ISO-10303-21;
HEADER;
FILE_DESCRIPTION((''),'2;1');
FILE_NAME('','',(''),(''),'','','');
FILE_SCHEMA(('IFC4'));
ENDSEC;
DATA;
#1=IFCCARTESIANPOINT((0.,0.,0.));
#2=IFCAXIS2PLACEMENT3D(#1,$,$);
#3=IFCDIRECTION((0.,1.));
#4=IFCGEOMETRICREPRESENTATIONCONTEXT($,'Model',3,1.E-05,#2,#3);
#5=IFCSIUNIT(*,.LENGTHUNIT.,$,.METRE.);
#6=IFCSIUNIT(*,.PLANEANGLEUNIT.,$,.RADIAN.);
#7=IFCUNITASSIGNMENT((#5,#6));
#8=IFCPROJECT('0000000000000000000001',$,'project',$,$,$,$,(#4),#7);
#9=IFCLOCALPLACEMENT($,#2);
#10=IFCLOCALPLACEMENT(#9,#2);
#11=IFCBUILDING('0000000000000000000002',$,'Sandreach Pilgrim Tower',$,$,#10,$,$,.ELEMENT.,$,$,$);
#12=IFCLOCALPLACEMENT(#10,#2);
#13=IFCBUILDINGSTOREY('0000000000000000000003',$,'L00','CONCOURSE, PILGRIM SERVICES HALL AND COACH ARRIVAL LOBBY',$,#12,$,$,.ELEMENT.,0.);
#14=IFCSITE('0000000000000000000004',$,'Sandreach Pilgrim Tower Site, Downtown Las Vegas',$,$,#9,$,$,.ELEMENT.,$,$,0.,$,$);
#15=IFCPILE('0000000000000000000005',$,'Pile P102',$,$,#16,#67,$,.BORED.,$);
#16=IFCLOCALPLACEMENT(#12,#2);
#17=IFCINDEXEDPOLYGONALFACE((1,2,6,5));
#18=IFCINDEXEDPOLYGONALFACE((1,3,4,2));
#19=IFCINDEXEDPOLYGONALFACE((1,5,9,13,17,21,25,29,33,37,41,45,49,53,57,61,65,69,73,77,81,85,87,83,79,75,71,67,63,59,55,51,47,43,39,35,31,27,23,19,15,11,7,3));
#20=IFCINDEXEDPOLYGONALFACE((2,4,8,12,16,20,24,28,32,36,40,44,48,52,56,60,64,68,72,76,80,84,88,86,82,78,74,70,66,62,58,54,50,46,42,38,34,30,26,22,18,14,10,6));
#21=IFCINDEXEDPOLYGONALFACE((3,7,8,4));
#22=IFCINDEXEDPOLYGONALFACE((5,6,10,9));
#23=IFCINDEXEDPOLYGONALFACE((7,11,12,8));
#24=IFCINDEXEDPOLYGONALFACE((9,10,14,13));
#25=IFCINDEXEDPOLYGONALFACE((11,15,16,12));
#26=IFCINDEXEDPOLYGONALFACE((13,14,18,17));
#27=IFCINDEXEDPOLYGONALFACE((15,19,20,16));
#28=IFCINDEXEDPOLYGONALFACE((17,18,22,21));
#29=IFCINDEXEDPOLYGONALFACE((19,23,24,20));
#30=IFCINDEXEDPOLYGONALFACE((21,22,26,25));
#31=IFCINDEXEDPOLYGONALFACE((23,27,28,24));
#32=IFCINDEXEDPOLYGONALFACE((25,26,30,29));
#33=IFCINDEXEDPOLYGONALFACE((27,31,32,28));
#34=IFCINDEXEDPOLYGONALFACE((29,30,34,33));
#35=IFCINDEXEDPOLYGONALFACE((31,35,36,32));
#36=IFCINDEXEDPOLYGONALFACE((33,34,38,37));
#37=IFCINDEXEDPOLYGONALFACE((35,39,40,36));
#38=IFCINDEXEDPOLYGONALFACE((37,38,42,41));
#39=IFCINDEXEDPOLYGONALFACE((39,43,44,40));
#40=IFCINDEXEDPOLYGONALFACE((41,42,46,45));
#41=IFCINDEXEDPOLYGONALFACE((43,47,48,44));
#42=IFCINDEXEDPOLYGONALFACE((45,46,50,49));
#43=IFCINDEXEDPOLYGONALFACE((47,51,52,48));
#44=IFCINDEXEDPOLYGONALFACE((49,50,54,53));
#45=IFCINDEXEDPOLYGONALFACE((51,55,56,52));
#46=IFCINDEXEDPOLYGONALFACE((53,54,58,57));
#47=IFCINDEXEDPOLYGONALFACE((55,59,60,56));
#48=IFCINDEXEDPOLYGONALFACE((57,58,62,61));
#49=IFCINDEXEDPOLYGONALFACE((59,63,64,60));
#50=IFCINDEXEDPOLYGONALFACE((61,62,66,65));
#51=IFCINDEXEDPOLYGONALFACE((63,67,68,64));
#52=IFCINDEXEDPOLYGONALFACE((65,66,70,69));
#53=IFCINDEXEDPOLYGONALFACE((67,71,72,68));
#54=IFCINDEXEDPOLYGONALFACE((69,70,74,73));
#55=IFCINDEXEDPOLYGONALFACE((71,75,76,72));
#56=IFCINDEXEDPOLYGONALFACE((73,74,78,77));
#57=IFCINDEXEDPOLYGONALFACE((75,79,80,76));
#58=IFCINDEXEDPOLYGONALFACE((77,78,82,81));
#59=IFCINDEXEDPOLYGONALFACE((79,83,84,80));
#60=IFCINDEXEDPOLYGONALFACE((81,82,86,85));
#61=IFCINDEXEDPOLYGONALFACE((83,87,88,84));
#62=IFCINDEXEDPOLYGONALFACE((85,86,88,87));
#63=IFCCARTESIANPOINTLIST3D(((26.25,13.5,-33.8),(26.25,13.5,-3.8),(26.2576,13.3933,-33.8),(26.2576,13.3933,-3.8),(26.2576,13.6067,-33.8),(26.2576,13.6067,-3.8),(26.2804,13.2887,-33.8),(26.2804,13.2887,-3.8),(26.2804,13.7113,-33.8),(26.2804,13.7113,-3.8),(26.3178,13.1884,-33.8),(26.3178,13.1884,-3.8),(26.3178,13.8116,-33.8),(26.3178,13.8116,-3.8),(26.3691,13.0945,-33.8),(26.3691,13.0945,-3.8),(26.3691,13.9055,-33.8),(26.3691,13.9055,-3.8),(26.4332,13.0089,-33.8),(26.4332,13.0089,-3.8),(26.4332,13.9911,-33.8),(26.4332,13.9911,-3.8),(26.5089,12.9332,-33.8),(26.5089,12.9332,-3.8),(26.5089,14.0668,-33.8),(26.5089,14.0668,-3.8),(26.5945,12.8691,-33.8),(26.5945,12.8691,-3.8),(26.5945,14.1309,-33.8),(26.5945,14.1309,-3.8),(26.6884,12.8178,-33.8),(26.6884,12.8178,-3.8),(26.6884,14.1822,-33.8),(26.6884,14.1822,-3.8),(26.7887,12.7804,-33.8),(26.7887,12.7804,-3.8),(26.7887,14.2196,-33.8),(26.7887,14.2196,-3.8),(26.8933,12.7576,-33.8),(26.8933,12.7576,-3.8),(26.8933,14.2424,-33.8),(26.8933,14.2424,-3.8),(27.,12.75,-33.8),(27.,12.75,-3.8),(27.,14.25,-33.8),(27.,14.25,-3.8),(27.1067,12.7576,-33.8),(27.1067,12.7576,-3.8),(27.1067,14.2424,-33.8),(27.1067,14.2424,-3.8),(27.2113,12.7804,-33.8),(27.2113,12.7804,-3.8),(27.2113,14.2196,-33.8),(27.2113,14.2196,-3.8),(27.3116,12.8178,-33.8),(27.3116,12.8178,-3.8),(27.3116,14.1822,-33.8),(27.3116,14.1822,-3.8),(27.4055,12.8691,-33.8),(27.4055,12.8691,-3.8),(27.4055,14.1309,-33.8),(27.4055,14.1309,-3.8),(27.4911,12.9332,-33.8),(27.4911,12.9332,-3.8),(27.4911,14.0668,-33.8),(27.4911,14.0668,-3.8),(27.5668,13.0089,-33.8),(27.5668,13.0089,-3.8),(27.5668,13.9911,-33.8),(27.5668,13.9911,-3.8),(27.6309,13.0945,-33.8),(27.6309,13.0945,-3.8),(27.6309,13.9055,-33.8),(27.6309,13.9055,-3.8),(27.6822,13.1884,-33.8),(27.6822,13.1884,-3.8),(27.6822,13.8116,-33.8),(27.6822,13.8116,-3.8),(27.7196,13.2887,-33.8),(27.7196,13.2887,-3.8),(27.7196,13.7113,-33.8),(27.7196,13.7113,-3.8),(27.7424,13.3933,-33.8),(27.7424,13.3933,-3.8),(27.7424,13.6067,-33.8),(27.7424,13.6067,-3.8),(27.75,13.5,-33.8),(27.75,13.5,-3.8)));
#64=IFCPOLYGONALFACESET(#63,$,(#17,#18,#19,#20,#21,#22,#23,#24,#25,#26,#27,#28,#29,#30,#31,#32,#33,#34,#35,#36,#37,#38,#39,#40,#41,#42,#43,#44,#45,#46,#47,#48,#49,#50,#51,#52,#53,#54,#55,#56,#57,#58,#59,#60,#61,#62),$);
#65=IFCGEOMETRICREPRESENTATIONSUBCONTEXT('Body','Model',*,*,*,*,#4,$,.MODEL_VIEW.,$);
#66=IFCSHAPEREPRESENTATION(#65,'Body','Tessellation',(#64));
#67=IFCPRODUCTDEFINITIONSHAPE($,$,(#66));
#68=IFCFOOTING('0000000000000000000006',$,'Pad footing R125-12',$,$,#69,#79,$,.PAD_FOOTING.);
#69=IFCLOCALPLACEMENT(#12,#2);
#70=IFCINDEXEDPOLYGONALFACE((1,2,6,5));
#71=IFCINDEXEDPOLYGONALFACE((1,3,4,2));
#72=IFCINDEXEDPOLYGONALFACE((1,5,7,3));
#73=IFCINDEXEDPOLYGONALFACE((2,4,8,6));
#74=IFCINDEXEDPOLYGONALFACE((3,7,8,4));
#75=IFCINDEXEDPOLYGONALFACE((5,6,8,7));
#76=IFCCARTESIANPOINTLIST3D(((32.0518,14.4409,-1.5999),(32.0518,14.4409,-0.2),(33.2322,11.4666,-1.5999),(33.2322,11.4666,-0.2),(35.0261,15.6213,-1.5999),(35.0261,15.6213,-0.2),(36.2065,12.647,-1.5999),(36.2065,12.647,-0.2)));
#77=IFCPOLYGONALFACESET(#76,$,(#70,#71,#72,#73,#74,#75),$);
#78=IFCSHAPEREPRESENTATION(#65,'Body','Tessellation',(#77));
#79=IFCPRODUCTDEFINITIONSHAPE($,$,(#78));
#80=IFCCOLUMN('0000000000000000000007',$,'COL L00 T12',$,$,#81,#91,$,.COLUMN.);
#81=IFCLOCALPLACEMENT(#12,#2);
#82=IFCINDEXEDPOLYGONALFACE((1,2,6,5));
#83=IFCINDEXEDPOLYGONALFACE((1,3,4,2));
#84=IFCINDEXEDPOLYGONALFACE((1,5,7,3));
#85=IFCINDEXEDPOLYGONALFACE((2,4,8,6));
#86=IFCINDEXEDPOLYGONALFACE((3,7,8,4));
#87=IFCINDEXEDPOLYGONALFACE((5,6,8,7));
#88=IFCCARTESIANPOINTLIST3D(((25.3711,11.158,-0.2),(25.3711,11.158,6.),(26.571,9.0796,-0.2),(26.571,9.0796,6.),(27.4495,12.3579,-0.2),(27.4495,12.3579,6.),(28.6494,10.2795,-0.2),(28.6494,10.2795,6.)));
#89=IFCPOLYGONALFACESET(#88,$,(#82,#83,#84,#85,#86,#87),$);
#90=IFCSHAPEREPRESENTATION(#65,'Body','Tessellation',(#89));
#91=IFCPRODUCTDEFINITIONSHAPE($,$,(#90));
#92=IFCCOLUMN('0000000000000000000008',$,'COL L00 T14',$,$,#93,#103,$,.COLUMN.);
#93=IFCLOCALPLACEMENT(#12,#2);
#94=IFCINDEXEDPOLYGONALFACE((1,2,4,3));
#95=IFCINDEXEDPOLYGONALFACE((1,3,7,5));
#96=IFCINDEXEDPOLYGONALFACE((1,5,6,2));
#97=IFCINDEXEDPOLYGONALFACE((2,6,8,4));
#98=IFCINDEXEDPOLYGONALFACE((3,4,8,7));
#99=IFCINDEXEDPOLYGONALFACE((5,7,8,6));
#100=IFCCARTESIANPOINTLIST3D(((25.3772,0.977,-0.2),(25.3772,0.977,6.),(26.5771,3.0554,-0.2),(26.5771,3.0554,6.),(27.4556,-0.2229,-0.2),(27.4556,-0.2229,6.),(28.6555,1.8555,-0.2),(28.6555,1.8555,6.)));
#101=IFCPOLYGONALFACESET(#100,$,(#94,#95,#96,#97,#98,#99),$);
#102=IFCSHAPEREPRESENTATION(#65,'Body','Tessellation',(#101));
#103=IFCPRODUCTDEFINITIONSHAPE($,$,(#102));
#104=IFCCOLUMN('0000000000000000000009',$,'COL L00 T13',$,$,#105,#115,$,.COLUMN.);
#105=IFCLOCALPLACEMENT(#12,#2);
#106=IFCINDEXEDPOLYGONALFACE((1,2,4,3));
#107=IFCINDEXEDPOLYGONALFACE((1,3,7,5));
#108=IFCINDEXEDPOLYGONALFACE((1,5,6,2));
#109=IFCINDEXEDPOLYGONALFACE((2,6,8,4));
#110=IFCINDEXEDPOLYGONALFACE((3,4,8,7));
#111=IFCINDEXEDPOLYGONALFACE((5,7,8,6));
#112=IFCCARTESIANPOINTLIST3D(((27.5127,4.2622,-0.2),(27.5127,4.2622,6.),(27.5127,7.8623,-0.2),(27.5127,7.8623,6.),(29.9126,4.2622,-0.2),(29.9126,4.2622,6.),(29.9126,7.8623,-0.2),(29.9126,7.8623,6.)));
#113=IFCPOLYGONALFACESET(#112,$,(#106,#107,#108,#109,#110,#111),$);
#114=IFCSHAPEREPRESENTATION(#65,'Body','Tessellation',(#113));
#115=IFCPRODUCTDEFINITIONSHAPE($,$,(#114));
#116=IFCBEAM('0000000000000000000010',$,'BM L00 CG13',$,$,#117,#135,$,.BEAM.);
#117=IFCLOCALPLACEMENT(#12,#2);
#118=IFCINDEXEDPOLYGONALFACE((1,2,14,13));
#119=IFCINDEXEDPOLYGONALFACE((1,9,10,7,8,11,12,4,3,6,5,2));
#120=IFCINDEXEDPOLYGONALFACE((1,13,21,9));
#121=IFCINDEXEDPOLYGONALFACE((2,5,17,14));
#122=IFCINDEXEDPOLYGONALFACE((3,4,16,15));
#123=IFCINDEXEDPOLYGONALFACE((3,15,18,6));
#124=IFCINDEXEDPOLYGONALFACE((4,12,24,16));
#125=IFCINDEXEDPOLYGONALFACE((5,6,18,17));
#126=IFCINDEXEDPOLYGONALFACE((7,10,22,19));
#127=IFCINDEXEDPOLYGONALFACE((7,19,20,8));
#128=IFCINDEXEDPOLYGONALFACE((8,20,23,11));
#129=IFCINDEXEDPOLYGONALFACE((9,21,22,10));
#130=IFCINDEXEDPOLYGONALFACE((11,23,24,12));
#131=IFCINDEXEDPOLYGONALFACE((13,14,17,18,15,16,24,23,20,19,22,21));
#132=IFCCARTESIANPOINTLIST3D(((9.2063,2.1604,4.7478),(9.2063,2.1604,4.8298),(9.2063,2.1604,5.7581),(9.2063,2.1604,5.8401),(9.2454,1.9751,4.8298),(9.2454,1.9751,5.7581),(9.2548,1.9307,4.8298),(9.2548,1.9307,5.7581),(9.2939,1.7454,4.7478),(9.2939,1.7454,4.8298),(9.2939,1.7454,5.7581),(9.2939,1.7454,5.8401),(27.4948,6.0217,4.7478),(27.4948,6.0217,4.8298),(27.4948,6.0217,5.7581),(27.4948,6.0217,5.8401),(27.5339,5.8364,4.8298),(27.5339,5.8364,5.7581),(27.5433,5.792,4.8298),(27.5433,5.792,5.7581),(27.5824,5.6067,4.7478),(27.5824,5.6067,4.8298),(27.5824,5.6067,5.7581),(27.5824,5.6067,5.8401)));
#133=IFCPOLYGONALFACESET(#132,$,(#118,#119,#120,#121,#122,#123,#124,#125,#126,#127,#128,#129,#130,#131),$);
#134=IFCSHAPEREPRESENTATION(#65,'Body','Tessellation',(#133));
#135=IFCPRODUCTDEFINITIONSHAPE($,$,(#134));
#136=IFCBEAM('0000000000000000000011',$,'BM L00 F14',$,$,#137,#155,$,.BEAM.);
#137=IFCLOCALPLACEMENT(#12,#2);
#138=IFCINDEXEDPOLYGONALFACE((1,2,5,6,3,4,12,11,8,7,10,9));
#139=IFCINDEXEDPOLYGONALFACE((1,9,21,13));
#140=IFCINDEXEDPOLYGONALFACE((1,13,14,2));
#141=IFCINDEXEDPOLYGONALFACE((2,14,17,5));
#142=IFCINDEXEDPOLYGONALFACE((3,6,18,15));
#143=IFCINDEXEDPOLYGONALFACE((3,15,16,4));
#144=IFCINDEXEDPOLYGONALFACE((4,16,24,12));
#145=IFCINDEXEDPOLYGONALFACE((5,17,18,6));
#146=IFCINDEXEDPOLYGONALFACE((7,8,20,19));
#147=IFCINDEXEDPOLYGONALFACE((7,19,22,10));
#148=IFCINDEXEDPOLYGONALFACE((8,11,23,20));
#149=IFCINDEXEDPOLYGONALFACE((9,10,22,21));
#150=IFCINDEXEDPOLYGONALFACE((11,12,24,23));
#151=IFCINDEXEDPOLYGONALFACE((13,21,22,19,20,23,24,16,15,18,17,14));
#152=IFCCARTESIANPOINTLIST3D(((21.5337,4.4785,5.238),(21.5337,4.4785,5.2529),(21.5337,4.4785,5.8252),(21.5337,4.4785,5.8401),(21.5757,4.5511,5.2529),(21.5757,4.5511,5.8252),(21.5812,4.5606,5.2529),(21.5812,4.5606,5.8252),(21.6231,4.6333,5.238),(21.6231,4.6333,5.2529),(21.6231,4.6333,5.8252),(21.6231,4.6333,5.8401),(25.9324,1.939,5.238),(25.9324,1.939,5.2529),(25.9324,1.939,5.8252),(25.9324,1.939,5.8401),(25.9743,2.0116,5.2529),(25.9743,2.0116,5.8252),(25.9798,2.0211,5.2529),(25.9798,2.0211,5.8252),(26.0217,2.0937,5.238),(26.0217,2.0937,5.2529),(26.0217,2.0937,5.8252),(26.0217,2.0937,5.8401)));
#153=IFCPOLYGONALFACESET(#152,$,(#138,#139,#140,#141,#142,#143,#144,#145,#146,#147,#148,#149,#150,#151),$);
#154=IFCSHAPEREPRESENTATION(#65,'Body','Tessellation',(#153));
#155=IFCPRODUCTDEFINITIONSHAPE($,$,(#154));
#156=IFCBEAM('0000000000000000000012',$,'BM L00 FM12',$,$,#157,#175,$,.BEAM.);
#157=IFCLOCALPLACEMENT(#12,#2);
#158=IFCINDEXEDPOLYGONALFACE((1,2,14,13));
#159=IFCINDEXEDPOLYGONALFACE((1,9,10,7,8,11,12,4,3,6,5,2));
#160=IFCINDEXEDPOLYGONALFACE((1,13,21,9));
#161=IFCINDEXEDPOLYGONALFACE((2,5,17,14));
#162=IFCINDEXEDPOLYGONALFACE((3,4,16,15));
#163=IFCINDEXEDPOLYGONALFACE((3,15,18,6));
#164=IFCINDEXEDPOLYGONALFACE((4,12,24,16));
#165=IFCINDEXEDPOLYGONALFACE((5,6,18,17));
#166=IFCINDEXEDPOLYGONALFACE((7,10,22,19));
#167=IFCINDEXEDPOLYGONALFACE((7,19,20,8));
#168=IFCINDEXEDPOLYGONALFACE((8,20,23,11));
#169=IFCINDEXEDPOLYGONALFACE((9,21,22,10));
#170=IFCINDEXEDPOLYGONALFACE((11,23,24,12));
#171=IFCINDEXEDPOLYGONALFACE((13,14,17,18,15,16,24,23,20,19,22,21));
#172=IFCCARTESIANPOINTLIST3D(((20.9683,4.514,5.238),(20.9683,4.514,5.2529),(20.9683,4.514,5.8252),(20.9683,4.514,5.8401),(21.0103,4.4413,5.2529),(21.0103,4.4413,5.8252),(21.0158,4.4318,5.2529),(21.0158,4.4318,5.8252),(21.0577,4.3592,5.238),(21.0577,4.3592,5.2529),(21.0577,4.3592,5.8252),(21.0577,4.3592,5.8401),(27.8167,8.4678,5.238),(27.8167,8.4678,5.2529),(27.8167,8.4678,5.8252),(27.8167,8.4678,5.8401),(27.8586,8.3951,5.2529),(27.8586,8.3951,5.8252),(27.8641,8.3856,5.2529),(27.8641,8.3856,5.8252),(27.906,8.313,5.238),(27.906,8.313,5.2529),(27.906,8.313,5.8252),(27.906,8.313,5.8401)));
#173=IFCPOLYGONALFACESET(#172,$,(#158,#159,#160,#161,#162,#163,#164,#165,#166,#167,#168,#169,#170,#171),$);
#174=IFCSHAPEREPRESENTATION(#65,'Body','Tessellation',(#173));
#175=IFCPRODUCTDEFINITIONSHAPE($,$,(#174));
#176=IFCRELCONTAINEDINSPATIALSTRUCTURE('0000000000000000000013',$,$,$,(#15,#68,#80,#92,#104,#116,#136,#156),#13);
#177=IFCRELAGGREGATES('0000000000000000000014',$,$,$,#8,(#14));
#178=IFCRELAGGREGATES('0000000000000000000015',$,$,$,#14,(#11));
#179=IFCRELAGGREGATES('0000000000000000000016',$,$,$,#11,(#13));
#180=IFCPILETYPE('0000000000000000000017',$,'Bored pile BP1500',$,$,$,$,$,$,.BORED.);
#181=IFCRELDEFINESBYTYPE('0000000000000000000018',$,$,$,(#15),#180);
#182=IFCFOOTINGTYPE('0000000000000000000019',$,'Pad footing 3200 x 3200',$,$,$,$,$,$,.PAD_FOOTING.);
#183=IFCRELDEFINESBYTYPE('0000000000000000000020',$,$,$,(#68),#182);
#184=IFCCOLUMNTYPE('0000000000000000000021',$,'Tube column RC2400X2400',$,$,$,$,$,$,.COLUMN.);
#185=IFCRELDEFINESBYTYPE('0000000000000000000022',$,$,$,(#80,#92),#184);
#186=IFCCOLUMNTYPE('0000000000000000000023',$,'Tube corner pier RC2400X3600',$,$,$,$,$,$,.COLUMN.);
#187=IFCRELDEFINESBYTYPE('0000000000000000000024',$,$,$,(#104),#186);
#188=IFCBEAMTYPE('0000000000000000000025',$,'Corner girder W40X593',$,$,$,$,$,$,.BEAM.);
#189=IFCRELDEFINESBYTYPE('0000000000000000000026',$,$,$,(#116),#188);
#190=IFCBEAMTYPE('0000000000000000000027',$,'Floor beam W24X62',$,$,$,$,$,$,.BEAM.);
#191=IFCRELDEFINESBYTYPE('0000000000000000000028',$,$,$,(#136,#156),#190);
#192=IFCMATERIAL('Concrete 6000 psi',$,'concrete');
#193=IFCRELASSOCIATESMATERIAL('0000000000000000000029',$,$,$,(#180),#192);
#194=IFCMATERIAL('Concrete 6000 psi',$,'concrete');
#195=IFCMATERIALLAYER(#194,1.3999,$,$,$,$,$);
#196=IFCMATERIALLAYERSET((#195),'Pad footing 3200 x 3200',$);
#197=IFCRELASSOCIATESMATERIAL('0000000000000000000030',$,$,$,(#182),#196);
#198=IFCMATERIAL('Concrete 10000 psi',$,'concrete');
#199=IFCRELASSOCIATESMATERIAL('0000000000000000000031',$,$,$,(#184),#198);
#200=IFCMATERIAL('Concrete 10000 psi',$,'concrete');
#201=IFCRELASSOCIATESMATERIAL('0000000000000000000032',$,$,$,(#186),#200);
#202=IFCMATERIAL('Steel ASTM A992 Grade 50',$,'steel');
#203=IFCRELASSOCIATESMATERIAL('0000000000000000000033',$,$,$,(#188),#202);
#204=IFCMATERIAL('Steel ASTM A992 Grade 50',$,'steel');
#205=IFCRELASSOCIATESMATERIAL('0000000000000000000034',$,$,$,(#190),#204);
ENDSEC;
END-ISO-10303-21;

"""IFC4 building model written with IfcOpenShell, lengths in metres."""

from ifc_helpers import new_model, si_unit, direction, frame, origin, origin_2d, place, context, subcontext, project, spatial, rectangle, circle, i_section, extrude, material, layer, layer_set, material_profile, profile_set, type_object, element, save


model = new_model("IFC4")

# Units and contexts
model_context = context("Model", 3, precision=1e-05, world=origin(), true_north=direction((0.0, 1.0)))
body_context = subcontext(model_context, "Body", "Model", "MODEL_VIEW")
ifc_project = project(units=[si_unit("LENGTHUNIT", "METRE"), si_unit("PLANEANGLEUNIT", "RADIAN")], contexts=[model_context])

# Site, building, storey
site_placement = place(None, origin())
site = spatial("IfcSite", under=ifc_project, at=site_placement, Name="Sandreach Pilgrim Tower Site, Downtown Las Vegas", CompositionType="ELEMENT", RefElevation=0.0)
building_placement = place(site_placement, origin())
building = spatial("IfcBuilding", under=site, at=building_placement, Name="Sandreach Pilgrim Tower", CompositionType="ELEMENT")
storey_placement = place(building_placement, origin())
storey = spatial("IfcBuildingStorey", under=building, at=storey_placement, Name="L00", Description="CONCOURSE, PILGRIM SERVICES HALL AND COACH ARRIVAL LOBBY", CompositionType="ELEMENT", Elevation=0.0)

# Pile
ifc_material_1 = material(Name="Concrete 6000 psi", Category="concrete")
ifc_material_profile_1 = material_profile(ifc_material_1, circle(Radius=0.75, at=origin_2d()), Name="BP1500")
ifc_profile_set_1 = profile_set([ifc_material_profile_1], Name="Concrete 6000 psi")
pile_type = type_object("IfcPileType", Name="Bored pile BP1500", PredefinedType="BORED", material=ifc_profile_set_1)
for number, where, z_axis, x_axis, name in (
    (1, (27.0, 13.5, -3.8), (0.0, 0.0, -1.0), (1.0, 0.0, 0.0), "Pile P102"),
):
    element("IfcPile", number, at=place(storey_placement, frame(where, z_axis=z_axis, x_axis=x_axis)), inside=storey, type_object=pile_type, Name=name, PredefinedType="BORED", context=body_context, shape_type="SweptSolid", body=[
        extrude(circle(Radius=0.75, at=origin_2d()), origin(), (0.0, 0.0, 1.0), 30.0),
    ])

# Footing
ifc_material_2 = material(Name="Concrete 6000 psi", Category="concrete")
ifc_layer_1 = layer(ifc_material_2, 1.3999)
ifc_layer_set_1 = layer_set([ifc_layer_1], Name="Pad footing 3200 x 3200")
footing_type = type_object("IfcFootingType", Name="Pad footing 3200 x 3200", PredefinedType="PAD_FOOTING", material=ifc_layer_set_1)
footing_placement = place(storey_placement, frame((34.1292, 13.5439, -1.5999), z_axis=(0.0, 0.0, 1.0), x_axis=(0.929485, 0.36886, 0.0)))
element("IfcFooting", 2, at=footing_placement, inside=storey, type_object=footing_type, Name="Pad footing R125-12", PredefinedType="PAD_FOOTING", context=body_context, shape_type="SweptSolid", body=[
    extrude(rectangle(XDim=3.2, YDim=3.2, at=origin_2d()), origin(), (0.0, 0.0, 1.0), 1.3999),
])

# Columns
ifc_material_3 = material(Name="Concrete 10000 psi", Category="concrete")
ifc_material_profile_2 = material_profile(ifc_material_3, rectangle(XDim=2.3999, YDim=2.3999, at=origin_2d()), Name="RC2400X2400")
ifc_profile_set_2 = profile_set([ifc_material_profile_2], Name="Concrete 10000 psi")
column_type_1 = type_object("IfcColumnType", Name="Tube column RC2400X2400", PredefinedType="COLUMN", material=ifc_profile_set_2)
for number, where, z_axis, x_axis, name in (
    (3, (27.0103, 10.7188, -0.2), (0.0, 0.0, 1.0), (0.866025, 0.5, 0.0), "COL L00 T12"),
    (4, (27.0164, 1.4163, -0.2), (0.0, 0.0, 1.0), (0.866025, -0.5, 0.0), "COL L00 T14"),
):
    element("IfcColumn", number, at=place(storey_placement, frame(where, z_axis=z_axis, x_axis=x_axis)), inside=storey, type_object=column_type_1, Name=name, PredefinedType="COLUMN", context=body_context, shape_type="SweptSolid", body=[
        extrude(rectangle(XDim=2.3999, YDim=2.3999, at=origin_2d()), origin(), (0.0, 0.0, 1.0), 6.2),
    ])
ifc_material_4 = material(Name="Concrete 10000 psi", Category="concrete")
ifc_material_profile_3 = material_profile(ifc_material_4, rectangle(XDim=2.3999, YDim=3.6001, at=origin_2d()), Name="RC2400X3600")
ifc_profile_set_3 = profile_set([ifc_material_profile_3], Name="Concrete 10000 psi")
column_type_2 = type_object("IfcColumnType", Name="Tube corner pier RC2400X3600", PredefinedType="COLUMN", material=ifc_profile_set_3)
column_placement = place(storey_placement, frame((28.7126, 6.0623, -0.2), z_axis=(0.0, 0.0, 1.0), x_axis=(1.0, 0.0, 0.0)))
element("IfcColumn", 5, at=column_placement, inside=storey, type_object=column_type_2, Name="COL L00 T13", PredefinedType="COLUMN", context=body_context, shape_type="SweptSolid", body=[
    extrude(rectangle(XDim=2.3999, YDim=3.6001, at=origin_2d()), origin(), (0.0, 0.0, 1.0), 6.2),
])

# Beams
ifc_material_5 = material(Name="Steel ASTM A992 Grade 50", Category="steel")
ifc_material_profile_4 = material_profile(ifc_material_5, i_section(OverallWidth=0.4241, OverallDepth=1.0923, WebThickness=0.0454, FlangeThickness=0.082, at=origin_2d()), Name="W40X593")
ifc_profile_set_4 = profile_set([ifc_material_profile_4], Name="Steel ASTM A992 Grade 50")
beam_type_1 = type_object("IfcBeamType", Name="Corner girder W40X593", PredefinedType="BEAM", material=ifc_profile_set_4)
beam_1_placement = place(storey_placement, frame((27.5386, 5.8142, 5.2939), z_axis=(-0.97843, -0.206579, 0.0), x_axis=(0.206579, -0.97843, 0.0)))
element("IfcBeam", 6, at=beam_1_placement, inside=storey, type_object=beam_type_1, Name="BM L00 CG13", PredefinedType="BEAM", context=body_context, shape_type="SweptSolid", body=[
    extrude(i_section(OverallWidth=0.4241, OverallDepth=1.0923, WebThickness=0.0454, FlangeThickness=0.082, at=origin_2d()), origin(), (0.0, 0.0, 1.0), 18.6917),
])
ifc_material_6 = material(Name="Steel ASTM A992 Grade 50", Category="steel")
ifc_material_profile_5 = material_profile(ifc_material_6, i_section(OverallWidth=0.1787, OverallDepth=0.6021, WebThickness=0.011, FlangeThickness=0.0149, at=origin_2d()), Name="W24X62")
ifc_profile_set_5 = profile_set([ifc_material_profile_5], Name="Steel ASTM A992 Grade 50")
beam_type_2 = type_object("IfcBeamType", Name="Floor beam W24X62", PredefinedType="BEAM", material=ifc_profile_set_5)
beam_2_placement = place(storey_placement, frame((25.9771, 2.0164, 5.5391), z_axis=(-0.866028, 0.499996, 0.0), x_axis=(-0.499996, -0.866028, 0.0)))
element("IfcBeam", 7, at=beam_2_placement, inside=storey, type_object=beam_type_2, Name="BM L00 F14", PredefinedType="BEAM", context=body_context, shape_type="SweptSolid", body=[
    extrude(i_section(OverallWidth=0.1787, OverallDepth=0.6021, WebThickness=0.011, FlangeThickness=0.0149, at=origin_2d()), origin(), (0.0, 0.0, 1.0), 5.0791),
])
beam_3_placement = place(storey_placement, frame((27.8613, 8.3904, 5.5391), z_axis=(-0.866029, -0.499994, 0.0), x_axis=(0.499994, -0.866029, 0.0)))
element("IfcBeam", 8, at=beam_3_placement, inside=storey, type_object=beam_type_2, Name="BM L00 FM12", PredefinedType="BEAM", context=body_context, shape_type="SweptSolid", body=[
    extrude(i_section(OverallWidth=0.1787, OverallDepth=0.6021, WebThickness=0.011, FlangeThickness=0.0149, at=origin_2d()), origin(), (0.0, 0.0, 1.0), 7.9077),
])

save(model, "model.ifc")
